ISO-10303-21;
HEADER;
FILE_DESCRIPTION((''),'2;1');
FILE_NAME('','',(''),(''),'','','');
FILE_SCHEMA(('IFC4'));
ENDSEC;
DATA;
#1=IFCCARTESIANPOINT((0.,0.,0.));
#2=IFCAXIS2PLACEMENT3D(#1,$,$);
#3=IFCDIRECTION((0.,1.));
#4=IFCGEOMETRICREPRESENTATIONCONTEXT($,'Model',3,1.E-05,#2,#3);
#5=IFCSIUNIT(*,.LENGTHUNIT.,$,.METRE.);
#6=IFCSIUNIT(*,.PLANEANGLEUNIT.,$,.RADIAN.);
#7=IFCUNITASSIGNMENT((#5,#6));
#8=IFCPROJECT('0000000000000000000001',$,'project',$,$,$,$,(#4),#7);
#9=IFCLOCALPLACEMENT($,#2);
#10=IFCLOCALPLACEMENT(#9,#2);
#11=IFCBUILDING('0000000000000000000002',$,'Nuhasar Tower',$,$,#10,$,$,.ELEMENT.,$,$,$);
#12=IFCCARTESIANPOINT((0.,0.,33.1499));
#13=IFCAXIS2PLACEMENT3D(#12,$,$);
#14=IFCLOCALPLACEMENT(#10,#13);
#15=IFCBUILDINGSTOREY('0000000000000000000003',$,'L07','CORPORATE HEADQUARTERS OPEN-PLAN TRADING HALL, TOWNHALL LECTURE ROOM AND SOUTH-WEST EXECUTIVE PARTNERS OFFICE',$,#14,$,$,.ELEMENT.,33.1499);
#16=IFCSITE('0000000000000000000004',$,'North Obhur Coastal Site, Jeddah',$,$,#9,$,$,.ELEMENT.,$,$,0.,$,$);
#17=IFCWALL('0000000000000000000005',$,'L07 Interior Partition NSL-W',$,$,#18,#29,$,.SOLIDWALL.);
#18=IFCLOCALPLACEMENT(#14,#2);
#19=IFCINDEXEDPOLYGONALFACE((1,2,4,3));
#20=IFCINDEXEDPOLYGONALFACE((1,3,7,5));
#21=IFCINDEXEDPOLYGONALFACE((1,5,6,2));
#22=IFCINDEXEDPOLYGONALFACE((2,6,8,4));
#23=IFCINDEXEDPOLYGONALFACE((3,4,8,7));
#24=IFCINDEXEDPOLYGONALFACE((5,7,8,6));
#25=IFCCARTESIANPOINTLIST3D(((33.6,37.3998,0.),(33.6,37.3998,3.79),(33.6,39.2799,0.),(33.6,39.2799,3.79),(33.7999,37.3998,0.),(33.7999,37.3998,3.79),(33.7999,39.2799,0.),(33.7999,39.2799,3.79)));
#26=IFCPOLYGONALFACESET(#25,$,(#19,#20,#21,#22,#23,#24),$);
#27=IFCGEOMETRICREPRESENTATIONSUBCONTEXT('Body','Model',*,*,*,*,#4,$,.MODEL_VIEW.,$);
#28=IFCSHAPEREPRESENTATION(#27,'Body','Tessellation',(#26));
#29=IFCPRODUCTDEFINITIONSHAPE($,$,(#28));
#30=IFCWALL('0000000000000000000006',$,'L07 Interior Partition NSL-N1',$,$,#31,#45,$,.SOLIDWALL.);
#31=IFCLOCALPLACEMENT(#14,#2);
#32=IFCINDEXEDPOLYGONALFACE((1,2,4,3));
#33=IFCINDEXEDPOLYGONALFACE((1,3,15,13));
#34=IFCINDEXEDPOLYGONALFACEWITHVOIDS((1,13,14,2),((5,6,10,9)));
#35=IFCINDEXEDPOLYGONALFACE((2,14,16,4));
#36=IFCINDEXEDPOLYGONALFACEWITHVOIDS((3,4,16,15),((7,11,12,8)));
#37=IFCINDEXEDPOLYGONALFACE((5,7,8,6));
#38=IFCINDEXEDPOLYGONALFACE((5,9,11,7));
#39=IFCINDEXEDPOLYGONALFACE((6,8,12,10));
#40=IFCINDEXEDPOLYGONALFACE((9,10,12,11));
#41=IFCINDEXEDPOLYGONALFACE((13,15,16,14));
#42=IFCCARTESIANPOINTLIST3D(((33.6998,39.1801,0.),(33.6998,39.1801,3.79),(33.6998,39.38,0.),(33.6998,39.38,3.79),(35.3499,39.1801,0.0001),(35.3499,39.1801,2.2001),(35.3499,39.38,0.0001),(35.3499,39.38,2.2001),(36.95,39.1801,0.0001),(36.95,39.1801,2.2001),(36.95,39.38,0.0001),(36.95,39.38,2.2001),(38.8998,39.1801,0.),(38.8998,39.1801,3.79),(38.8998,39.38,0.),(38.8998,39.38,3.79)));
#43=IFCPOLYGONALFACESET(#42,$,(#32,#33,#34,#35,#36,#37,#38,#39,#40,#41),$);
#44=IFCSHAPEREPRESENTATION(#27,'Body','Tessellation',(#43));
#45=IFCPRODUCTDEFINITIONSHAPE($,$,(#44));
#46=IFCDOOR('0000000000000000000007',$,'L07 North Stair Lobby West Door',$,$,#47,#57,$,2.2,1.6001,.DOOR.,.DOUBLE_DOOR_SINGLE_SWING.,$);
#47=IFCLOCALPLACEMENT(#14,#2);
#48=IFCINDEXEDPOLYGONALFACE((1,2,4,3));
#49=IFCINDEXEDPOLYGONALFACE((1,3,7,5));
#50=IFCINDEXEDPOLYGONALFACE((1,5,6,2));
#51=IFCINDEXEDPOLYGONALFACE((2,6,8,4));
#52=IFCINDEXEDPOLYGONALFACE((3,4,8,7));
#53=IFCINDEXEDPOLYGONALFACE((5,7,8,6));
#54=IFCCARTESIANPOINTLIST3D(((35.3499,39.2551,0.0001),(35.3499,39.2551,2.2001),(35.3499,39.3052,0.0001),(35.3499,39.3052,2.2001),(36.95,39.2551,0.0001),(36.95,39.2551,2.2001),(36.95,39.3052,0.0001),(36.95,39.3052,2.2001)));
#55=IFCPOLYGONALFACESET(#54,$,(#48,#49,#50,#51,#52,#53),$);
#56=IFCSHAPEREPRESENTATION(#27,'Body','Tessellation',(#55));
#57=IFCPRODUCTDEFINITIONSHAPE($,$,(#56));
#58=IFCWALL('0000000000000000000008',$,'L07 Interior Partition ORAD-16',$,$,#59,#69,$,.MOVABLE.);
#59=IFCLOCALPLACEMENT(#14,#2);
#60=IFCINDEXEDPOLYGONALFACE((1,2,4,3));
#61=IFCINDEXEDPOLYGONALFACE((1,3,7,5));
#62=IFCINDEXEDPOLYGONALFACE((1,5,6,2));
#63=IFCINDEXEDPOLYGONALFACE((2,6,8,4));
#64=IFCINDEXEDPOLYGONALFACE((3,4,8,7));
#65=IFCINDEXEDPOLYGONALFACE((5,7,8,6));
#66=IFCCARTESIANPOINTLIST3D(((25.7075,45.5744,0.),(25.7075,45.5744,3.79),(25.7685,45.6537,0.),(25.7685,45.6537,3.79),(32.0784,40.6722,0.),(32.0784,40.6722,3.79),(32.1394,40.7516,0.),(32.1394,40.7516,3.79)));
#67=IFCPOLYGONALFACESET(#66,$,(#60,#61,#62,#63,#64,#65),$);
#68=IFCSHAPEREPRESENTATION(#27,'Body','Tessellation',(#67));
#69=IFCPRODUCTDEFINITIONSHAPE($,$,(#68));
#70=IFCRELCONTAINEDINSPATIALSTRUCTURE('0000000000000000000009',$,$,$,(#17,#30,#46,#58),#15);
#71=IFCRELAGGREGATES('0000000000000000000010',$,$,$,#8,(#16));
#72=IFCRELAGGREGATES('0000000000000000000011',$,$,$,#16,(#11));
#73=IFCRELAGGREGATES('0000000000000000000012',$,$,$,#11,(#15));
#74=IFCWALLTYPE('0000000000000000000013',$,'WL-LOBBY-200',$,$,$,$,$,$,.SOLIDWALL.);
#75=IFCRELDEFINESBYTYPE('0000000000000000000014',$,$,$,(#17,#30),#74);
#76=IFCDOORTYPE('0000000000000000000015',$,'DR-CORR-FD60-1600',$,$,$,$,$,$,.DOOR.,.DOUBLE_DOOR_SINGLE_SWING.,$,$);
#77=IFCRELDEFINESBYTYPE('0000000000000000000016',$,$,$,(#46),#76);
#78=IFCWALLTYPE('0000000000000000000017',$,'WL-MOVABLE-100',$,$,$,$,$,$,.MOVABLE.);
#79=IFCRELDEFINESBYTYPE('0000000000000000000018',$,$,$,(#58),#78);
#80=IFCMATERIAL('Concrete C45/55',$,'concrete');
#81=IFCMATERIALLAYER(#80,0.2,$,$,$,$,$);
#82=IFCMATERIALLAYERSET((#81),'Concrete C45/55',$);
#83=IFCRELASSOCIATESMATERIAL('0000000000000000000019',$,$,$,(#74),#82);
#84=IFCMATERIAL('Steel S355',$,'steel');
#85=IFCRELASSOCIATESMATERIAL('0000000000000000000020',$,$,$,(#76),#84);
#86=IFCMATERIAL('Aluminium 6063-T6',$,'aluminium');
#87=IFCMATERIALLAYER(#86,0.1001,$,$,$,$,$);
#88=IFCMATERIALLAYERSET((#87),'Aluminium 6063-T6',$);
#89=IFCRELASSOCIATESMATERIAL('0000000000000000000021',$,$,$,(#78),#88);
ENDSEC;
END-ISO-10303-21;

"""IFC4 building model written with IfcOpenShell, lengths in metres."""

from ifc_helpers import new_model, si_unit, direction, frame, frame_2d, origin, place, context, subcontext, project, spatial, rectangle, extrude, material, layer, layer_set, type_object, element, fill, save


model = new_model("IFC4")

# Units and contexts
model_context = context("Model", 3, precision=1e-05, world=origin(), true_north=direction((0.0, 1.0)))
body_context = subcontext(model_context, "Body", "Model", "MODEL_VIEW")
ifc_project = project(units=[si_unit("LENGTHUNIT", "METRE"), si_unit("PLANEANGLEUNIT", "RADIAN")], contexts=[model_context])

# Site, building, storey
site_placement = place(None, origin())
site = spatial("IfcSite", under=ifc_project, at=site_placement, Name="North Obhur Coastal Site, Jeddah", CompositionType="ELEMENT", RefElevation=0.0)
building_placement = place(site_placement, origin())
building = spatial("IfcBuilding", under=site, at=building_placement, Name="Nuhasar Tower", CompositionType="ELEMENT")
storey_placement = place(building_placement, frame((0.0, 0.0, 33.1499)))
storey = spatial("IfcBuildingStorey", under=building, at=storey_placement, Name="L07", Description="CORPORATE HEADQUARTERS OPEN-PLAN TRADING HALL, TOWNHALL LECTURE ROOM AND SOUTH-WEST EXECUTIVE PARTNERS OFFICE", CompositionType="ELEMENT", Elevation=33.1499)

# Shared definitions
ifc_material_1 = material(Name="Steel S355", Category="steel")

# Shared definitions
ifc_material_2 = material(Name="Aluminium 6063-T6", Category="aluminium")

# Wall
ifc_material_3 = material(Name="Concrete C45/55", Category="concrete")
ifc_layer_1 = layer(ifc_material_3, 0.2)
ifc_layer_set_1 = layer_set([ifc_layer_1], Name="Concrete C45/55")
wall_type_1 = type_object("IfcWallType", Name="WL-LOBBY-200", PredefinedType="SOLIDWALL", material=ifc_layer_set_1)
wall_1_placement = place(storey_placement, frame((33.7, 37.3999, 0.0), z_axis=(0.0, 0.0, 1.0), x_axis=(0.0, 1.0, 0.0)))
element("IfcWall", 1, at=wall_1_placement, inside=storey, type_object=wall_type_1, Name="L07 Interior Partition NSL-W", PredefinedType="SOLIDWALL", context=body_context, shape_type="SweptSolid", body=[
    extrude(rectangle(XDim=1.8801, YDim=0.2, at=frame_2d((0.9399, 0.0))), origin(), (0.0, 0.0, 1.0), 3.79),
])

# Wall, opening, door
wall_2_placement = place(storey_placement, frame((38.8999, 39.28, 0.0), z_axis=(0.0, 0.0, 1.0), x_axis=(-1.0, 0.0, 0.0)))
wall_2 = element("IfcWall", 2, at=wall_2_placement, inside=storey, type_object=wall_type_1, Name="L07 Interior Partition NSL-N1", PredefinedType="SOLIDWALL", context=body_context, shape_type="SweptSolid", body=[
    extrude(rectangle(XDim=5.2, YDim=0.2, at=frame_2d((2.6001, 0.0))), origin(), (0.0, 0.0, 1.0), 3.79),
])
opening_1_placement = place(wall_2_placement, frame((1.95, 0.0, 0.0)))
opening_1 = element("IfcOpeningElement", 3, at=opening_1_placement, cuts=wall_2, PredefinedType="OPENING", context=body_context, shape_type="SweptSolid", body=[
    extrude(rectangle(XDim=1.6001, YDim=2.2, at=frame_2d((0.8, 1.1001))), frame((0.0, 0.1099, 0.0), z_axis=(0.0, -1.0, 0.0), x_axis=(1.0, 0.0, 0.0)), (0.0, 0.0, 1.0), 0.22),
])
door_type_1 = type_object("IfcDoorType", Name="DR-CORR-FD60-1600", OperationType="DOUBLE_DOOR_SINGLE_SWING", PredefinedType="DOOR", material=ifc_material_1)
door_1_placement = place(opening_1_placement, origin())
door_1 = element("IfcDoor", 4, at=door_1_placement, inside=storey, type_object=door_type_1, Name="L07 North Stair Lobby West Door", OperationType="DOUBLE_DOOR_SINGLE_SWING", OverallHeight=2.2, OverallWidth=1.6001, PredefinedType="DOOR", context=body_context, shape_type="SweptSolid", body=[
    extrude(rectangle(XDim=1.6001, YDim=2.2, at=frame_2d((0.8, 1.1001))), frame((0.0, 0.0249, 0.0), z_axis=(0.0, -1.0, 0.0), x_axis=(1.0, 0.0, 0.0)), (0.0, 0.0, 1.0), 0.05),
])
fill(opening_1, door_1)

# Wall
ifc_layer_2 = layer(ifc_material_2, 0.1001)
ifc_layer_set_2 = layer_set([ifc_layer_2], Name="Aluminium 6063-T6")
wall_type_2 = type_object("IfcWallType", Name="WL-MOVABLE-100", PredefinedType="MOVABLE", material=ifc_layer_set_2)
wall_3_placement = place(storey_placement, frame((32.1089, 40.7119, 0.0), z_axis=(0.0, 0.0, 1.0), x_axis=(-0.792537, 0.609824, 0.0)))
element("IfcWall", 5, at=wall_3_placement, inside=storey, type_object=wall_type_2, Name="L07 Interior Partition ORAD-16", PredefinedType="MOVABLE", context=body_context, shape_type="SweptSolid", body=[
    extrude(rectangle(XDim=8.0386, YDim=0.1001, at=frame_2d((4.0193, 0.0))), origin(), (0.0, 0.0, 1.0), 3.79),
])

save(model, "model.ifc")
